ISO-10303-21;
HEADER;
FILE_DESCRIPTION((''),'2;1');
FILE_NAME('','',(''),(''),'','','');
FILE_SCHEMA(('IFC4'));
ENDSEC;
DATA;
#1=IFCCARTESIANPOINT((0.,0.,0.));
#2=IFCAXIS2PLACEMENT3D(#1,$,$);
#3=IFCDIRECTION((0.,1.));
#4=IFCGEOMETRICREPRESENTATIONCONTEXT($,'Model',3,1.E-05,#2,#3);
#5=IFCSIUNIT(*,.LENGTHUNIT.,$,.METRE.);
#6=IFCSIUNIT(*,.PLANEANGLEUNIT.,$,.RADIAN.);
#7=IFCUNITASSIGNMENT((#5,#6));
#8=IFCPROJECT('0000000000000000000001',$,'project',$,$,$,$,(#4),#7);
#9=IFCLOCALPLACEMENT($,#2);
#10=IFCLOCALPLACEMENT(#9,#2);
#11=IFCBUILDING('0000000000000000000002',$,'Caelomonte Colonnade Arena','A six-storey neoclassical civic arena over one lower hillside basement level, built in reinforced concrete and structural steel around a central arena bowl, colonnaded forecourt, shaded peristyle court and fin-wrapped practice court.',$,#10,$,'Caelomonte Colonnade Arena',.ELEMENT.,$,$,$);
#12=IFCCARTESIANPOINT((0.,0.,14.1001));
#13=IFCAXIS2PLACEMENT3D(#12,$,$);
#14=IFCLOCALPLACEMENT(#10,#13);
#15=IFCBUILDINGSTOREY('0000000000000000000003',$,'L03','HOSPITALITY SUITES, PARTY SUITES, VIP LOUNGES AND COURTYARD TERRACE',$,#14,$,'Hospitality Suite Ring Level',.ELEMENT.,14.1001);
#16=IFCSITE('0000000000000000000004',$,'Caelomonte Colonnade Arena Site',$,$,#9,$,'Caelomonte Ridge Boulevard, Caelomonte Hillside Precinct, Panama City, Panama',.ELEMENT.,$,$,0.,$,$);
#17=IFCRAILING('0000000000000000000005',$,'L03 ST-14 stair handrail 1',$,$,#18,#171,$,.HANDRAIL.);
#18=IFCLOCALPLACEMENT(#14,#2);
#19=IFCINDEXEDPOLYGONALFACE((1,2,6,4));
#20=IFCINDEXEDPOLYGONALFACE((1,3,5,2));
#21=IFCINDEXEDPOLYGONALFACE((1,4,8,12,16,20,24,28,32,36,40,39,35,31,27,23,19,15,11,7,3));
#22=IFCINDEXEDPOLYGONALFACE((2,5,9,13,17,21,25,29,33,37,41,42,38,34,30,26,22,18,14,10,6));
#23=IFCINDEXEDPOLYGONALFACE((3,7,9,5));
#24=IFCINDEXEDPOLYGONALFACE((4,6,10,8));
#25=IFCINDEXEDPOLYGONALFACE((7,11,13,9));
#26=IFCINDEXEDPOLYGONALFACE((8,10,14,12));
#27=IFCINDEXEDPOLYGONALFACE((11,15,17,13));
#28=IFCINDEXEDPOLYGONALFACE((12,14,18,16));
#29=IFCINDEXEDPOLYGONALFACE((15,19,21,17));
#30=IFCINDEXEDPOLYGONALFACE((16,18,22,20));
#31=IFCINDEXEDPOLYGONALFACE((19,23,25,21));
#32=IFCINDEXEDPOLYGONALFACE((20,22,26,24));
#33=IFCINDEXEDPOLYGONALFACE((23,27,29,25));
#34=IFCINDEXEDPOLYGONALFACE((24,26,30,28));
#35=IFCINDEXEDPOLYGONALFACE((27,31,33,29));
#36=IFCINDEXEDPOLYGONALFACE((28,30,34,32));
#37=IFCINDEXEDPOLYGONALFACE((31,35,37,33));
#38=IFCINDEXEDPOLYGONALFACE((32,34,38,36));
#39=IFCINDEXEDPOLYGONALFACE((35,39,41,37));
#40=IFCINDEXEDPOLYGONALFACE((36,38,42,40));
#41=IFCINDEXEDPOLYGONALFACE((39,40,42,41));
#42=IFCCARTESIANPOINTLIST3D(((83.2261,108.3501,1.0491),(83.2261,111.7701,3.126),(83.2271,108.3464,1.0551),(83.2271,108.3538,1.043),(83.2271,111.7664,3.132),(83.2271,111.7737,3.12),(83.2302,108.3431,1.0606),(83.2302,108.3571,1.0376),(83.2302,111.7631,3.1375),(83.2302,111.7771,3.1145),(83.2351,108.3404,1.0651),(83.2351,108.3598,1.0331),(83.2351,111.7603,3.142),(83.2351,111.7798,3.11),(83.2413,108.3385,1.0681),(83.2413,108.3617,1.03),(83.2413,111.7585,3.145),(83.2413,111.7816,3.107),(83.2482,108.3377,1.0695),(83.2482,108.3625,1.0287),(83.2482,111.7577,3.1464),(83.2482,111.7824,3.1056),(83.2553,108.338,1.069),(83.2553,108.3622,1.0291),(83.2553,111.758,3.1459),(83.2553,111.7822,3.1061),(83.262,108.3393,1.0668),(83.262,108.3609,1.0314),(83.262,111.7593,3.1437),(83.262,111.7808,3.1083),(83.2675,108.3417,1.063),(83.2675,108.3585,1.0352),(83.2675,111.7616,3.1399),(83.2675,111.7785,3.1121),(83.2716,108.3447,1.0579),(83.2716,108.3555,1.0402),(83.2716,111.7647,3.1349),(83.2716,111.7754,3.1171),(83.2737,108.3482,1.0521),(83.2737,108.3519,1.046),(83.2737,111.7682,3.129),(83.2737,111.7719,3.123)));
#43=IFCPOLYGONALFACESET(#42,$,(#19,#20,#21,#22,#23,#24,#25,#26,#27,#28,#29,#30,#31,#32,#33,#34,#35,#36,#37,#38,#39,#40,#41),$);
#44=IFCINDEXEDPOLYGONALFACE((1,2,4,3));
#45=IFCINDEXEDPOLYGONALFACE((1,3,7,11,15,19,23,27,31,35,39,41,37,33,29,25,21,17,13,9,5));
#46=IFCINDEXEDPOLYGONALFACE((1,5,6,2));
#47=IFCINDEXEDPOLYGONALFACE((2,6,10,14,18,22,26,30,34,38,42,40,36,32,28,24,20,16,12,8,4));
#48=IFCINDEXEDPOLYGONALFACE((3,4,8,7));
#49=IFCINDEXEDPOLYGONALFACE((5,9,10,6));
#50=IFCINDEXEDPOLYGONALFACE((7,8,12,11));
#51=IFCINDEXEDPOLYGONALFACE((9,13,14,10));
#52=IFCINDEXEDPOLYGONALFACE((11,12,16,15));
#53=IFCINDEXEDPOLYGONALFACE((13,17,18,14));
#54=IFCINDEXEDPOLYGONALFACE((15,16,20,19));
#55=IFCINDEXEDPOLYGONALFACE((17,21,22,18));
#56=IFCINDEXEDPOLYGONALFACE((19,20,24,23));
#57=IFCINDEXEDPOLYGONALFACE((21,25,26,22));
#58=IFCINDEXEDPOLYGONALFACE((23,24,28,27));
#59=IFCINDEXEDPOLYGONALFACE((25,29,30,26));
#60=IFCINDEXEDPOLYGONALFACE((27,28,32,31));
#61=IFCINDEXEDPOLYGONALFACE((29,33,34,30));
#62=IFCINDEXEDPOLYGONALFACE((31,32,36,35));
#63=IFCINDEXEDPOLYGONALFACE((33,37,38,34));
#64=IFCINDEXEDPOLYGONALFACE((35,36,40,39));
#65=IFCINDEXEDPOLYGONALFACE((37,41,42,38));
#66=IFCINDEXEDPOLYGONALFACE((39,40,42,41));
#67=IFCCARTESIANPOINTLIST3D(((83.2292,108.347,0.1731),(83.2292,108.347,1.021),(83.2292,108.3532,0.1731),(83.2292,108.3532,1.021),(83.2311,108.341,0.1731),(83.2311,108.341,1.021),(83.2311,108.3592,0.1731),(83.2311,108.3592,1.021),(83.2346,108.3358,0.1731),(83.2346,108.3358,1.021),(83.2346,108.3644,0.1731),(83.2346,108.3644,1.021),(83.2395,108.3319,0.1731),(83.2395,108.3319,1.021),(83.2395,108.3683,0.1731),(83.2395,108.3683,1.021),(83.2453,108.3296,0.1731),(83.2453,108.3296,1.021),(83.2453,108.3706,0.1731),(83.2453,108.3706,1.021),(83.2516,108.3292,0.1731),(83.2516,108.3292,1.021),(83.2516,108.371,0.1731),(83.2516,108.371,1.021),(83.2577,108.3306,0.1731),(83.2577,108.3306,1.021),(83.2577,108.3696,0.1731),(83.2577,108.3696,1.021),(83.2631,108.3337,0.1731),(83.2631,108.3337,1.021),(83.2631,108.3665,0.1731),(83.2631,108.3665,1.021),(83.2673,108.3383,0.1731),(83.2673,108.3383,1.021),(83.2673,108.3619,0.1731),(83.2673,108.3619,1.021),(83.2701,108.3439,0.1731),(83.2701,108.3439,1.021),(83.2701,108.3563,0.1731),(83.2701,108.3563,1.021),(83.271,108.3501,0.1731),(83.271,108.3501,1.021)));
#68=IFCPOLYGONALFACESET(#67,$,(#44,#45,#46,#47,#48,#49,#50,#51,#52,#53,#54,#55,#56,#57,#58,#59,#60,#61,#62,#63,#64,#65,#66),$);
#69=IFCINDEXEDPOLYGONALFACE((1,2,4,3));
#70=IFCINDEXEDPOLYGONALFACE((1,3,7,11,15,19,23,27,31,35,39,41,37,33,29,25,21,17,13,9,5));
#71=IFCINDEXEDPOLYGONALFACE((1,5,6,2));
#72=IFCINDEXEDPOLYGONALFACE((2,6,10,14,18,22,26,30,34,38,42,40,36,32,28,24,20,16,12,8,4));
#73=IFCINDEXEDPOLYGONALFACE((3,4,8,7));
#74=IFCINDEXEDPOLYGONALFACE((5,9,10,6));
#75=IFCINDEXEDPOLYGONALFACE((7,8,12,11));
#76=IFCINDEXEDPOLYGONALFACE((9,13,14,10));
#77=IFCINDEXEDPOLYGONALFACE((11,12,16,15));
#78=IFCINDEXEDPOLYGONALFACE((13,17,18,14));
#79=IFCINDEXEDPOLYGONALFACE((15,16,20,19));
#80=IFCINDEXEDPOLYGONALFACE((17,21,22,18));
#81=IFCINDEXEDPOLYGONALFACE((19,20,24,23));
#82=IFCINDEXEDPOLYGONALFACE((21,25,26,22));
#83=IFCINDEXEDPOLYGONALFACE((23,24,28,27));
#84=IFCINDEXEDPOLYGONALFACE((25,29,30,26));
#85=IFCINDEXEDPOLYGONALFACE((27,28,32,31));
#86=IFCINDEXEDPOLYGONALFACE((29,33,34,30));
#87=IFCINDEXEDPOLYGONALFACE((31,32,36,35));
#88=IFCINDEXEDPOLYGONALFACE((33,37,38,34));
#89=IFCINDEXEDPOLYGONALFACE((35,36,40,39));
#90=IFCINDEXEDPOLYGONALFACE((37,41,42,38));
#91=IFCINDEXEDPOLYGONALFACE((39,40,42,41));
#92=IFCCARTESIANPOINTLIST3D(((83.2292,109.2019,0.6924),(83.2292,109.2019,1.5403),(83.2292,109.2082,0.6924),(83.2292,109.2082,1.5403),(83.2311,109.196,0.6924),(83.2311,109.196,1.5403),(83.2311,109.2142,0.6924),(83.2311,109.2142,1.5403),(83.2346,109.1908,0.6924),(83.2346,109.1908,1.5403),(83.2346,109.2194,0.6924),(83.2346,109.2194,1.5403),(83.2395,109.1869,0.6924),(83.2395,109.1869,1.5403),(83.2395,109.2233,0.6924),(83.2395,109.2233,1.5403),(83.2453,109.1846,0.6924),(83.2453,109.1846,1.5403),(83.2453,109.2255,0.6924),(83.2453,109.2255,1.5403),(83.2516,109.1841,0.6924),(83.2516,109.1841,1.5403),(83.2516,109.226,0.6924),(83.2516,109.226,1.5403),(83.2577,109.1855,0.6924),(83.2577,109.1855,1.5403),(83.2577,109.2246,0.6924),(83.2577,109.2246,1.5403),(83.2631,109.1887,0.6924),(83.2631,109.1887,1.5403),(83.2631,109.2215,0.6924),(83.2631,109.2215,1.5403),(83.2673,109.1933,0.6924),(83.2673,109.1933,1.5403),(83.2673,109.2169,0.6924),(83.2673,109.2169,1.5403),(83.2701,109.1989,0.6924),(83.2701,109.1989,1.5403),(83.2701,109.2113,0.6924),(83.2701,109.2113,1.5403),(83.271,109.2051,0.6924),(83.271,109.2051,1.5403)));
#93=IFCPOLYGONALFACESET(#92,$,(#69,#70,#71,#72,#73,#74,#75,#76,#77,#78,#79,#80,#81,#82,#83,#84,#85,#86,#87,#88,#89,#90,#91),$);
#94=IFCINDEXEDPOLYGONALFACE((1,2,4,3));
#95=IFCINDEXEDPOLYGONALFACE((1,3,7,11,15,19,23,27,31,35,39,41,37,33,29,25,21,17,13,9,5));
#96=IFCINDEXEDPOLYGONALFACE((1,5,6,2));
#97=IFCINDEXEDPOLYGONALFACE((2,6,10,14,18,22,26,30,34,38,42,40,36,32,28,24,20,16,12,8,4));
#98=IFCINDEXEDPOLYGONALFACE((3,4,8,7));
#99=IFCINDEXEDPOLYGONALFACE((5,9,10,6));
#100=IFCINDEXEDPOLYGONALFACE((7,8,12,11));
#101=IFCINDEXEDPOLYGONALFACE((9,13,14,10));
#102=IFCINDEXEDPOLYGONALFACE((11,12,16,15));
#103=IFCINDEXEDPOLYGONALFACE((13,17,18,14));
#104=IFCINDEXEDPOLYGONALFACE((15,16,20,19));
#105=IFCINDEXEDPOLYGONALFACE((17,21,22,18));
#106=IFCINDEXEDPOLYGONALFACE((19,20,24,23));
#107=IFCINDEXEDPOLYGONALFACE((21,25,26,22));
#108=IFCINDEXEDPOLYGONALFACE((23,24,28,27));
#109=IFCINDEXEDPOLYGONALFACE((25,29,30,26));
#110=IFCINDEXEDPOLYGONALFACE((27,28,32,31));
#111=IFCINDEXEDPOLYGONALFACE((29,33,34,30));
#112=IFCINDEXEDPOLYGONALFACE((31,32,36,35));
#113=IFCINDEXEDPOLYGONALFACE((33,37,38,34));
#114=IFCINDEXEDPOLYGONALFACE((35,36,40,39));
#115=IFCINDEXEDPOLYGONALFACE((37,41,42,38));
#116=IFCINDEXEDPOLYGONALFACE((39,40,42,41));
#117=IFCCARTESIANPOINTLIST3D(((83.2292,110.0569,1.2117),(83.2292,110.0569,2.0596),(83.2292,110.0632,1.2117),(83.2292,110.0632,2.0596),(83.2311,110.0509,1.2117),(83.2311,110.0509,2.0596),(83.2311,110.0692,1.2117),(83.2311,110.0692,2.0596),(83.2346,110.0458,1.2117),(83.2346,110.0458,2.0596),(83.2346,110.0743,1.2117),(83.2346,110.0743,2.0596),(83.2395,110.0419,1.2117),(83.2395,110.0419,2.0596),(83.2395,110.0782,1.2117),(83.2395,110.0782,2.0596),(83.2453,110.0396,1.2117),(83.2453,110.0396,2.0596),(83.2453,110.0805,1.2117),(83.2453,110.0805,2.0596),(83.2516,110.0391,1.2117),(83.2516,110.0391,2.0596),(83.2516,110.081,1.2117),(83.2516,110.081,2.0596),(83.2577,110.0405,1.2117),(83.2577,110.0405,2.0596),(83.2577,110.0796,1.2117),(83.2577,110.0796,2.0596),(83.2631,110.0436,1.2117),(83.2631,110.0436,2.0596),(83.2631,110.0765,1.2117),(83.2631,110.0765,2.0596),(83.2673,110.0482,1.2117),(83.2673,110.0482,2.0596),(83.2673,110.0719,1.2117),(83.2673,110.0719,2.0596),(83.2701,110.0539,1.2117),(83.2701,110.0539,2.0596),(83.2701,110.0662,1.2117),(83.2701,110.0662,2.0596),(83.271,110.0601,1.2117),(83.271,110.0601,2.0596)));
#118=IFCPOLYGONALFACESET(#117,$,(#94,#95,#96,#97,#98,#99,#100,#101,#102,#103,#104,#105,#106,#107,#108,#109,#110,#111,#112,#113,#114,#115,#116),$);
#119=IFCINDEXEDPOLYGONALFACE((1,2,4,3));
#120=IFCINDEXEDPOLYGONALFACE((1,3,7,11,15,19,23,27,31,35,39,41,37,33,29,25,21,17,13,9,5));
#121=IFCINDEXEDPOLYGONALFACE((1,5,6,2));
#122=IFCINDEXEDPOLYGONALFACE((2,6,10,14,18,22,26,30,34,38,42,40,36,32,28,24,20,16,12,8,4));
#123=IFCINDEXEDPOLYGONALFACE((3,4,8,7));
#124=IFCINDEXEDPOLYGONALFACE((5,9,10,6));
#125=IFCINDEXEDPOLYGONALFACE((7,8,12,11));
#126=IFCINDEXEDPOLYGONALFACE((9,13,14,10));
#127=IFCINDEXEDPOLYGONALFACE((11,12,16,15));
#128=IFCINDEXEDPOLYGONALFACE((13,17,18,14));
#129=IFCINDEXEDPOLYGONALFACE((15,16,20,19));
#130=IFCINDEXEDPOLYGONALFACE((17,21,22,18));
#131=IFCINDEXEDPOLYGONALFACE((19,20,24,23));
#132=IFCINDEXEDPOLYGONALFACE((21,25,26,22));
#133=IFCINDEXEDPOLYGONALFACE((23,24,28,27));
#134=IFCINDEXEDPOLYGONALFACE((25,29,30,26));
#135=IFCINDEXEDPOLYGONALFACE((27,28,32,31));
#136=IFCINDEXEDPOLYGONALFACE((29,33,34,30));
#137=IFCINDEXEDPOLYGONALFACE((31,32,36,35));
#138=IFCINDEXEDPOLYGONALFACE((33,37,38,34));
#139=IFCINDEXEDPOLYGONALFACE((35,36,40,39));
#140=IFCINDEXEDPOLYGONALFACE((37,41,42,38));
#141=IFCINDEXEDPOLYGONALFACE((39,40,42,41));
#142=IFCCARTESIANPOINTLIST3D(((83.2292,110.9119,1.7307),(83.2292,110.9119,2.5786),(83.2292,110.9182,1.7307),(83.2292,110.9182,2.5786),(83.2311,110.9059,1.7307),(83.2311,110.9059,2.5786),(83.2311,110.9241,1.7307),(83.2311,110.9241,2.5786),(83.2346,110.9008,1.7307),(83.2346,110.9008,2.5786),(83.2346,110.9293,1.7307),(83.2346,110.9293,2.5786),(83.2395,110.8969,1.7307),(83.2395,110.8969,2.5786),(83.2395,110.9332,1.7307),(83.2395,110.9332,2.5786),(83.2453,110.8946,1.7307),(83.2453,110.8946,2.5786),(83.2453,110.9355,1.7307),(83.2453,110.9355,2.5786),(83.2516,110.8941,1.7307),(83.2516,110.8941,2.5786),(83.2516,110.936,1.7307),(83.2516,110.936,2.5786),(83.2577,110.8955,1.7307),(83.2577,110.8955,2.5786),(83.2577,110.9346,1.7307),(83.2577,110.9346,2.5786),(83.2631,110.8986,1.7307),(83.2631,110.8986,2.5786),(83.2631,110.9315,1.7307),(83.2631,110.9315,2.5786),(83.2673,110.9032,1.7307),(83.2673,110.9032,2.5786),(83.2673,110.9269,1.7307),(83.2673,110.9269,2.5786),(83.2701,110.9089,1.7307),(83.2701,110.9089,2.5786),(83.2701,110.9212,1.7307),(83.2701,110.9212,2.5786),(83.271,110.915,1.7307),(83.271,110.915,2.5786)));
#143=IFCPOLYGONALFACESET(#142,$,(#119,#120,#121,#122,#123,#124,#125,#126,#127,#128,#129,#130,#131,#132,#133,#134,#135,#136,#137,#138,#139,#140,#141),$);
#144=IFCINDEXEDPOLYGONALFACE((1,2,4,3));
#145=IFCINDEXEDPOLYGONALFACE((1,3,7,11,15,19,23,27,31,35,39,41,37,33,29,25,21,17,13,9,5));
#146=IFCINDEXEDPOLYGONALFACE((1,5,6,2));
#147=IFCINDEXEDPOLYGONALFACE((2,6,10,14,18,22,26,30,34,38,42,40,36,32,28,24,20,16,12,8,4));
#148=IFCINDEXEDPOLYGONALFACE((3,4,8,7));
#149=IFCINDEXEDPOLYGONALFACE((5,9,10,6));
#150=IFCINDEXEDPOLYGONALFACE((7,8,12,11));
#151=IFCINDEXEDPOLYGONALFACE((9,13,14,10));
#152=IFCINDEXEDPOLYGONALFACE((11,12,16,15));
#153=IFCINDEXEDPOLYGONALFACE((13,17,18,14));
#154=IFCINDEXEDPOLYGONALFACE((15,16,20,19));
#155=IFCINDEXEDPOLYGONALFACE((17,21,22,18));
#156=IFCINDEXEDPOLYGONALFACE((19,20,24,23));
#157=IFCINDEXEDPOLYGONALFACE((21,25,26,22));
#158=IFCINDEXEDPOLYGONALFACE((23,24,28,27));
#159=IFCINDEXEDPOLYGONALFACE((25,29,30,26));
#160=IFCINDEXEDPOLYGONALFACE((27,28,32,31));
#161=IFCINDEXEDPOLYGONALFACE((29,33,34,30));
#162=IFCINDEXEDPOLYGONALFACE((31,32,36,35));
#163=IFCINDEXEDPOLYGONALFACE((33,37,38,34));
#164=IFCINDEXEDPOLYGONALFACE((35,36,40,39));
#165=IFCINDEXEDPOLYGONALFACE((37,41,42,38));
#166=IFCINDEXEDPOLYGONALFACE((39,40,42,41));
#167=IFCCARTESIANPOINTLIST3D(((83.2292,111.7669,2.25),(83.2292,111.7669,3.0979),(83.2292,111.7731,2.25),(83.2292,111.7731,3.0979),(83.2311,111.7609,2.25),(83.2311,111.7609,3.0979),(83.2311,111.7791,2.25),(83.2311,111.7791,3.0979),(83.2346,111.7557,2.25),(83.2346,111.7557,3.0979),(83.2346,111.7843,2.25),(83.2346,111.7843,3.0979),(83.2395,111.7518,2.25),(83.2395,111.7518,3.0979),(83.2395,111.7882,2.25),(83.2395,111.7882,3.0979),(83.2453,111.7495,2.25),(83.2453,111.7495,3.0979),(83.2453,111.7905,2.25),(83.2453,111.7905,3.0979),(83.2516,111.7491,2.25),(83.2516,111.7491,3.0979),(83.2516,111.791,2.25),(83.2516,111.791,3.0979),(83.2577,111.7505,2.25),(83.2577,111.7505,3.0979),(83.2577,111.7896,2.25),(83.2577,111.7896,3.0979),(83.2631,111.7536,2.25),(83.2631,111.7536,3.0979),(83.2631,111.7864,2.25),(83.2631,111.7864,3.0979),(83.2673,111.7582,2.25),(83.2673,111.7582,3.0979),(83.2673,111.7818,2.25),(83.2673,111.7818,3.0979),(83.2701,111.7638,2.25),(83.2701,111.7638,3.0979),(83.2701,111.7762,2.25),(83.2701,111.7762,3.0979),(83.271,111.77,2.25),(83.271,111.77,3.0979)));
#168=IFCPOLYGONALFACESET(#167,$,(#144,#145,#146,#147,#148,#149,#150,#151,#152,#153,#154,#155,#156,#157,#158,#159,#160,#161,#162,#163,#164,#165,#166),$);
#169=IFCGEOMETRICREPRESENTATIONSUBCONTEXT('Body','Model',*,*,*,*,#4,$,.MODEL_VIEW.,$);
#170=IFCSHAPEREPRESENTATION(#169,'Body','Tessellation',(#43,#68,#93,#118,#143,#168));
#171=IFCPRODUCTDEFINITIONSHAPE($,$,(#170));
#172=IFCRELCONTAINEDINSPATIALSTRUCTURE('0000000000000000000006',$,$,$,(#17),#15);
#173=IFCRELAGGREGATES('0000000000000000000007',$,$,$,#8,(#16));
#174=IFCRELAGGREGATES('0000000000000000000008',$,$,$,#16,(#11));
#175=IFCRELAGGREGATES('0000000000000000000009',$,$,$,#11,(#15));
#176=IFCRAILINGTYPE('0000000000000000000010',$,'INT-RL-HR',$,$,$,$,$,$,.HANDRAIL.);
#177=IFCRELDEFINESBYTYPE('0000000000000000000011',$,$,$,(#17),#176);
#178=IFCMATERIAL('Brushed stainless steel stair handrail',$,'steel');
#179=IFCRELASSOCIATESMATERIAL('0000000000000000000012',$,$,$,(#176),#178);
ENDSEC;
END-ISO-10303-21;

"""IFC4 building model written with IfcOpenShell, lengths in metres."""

from ifc_helpers import new_model, si_unit, direction, frame, origin, origin_2d, place, context, subcontext, project, spatial, circle, extrude, material, type_object, element, save


model = new_model("IFC4")

# Units and contexts
model_context = context("Model", 3, precision=1e-05, world=origin(), true_north=direction((0.0, 1.0)))
body_context = subcontext(model_context, "Body", "Model", "MODEL_VIEW")
ifc_project = project(units=[si_unit("LENGTHUNIT", "METRE"), si_unit("PLANEANGLEUNIT", "RADIAN")], contexts=[model_context])

# Site, building, storey
site_placement = place(None, origin())
site = spatial("IfcSite", under=ifc_project, at=site_placement, Name="Caelomonte Colonnade Arena Site", LongName="Caelomonte Ridge Boulevard, Caelomonte Hillside Precinct, Panama City, Panama", CompositionType="ELEMENT", RefElevation=0.0)
building_placement = place(site_placement, origin())
building = spatial("IfcBuilding", under=site, at=building_placement, Name="Caelomonte Colonnade Arena", Description="A six-storey neoclassical civic arena over one lower hillside basement level, built in reinforced concrete and structural steel around a central arena bowl, colonnaded forecourt, shaded peristyle court and fin-wrapped practice court.", LongName="Caelomonte Colonnade Arena", CompositionType="ELEMENT")
storey_placement = place(building_placement, frame((0.0, 0.0, 14.1001)))
storey = spatial("IfcBuildingStorey", under=building, at=storey_placement, Name="L03", Description="HOSPITALITY SUITES, PARTY SUITES, VIP LOUNGES AND COURTYARD TERRACE", LongName="Hospitality Suite Ring Level", CompositionType="ELEMENT", Elevation=14.1001)

# Railing
ifc_material_1 = material(Name="Brushed stainless steel stair handrail", Category="steel")
railing_type_1 = type_object("IfcRailingType", Name="INT-RL-HR", PredefinedType="HANDRAIL", material=ifc_material_1)
railing_1_placement = place(storey_placement, frame((83.25, 108.3501, 0.1731)))
element("IfcRailing", 1, at=railing_1_placement, inside=storey, type_object=railing_type_1, Name="L03 ST-14 stair handrail 1", PredefinedType="HANDRAIL", context=body_context, shape_type="SweptSolid", body=[
    extrude(circle(Radius=0.0239, at=origin_2d()), frame((0.0, 0.0, 0.876), z_axis=(0.0, 0.85473, 0.519074), x_axis=(-1.0, 0.0, 0.0)), (0.0, 0.0, 1.0), 4.0012),
    extrude(circle(Radius=0.021, at=origin_2d()), origin(), (0.0, 0.0, 1.0), 0.8479),
    extrude(circle(Radius=0.021, at=origin_2d()), frame((0.0, 0.855, 0.5193)), (0.0, 0.0, 1.0), 0.8479),
    extrude(circle(Radius=0.021, at=origin_2d()), frame((0.0, 1.71, 1.0386)), (0.0, 0.0, 1.0), 0.8479),
    extrude(circle(Radius=0.021, at=origin_2d()), frame((0.0, 2.5649, 1.5576)), (0.0, 0.0, 1.0), 0.8479),
    extrude(circle(Radius=0.021, at=origin_2d()), frame((0.0, 3.4199, 2.0769)), (0.0, 0.0, 1.0), 0.8479),
])

save(model, "model.ifc")
